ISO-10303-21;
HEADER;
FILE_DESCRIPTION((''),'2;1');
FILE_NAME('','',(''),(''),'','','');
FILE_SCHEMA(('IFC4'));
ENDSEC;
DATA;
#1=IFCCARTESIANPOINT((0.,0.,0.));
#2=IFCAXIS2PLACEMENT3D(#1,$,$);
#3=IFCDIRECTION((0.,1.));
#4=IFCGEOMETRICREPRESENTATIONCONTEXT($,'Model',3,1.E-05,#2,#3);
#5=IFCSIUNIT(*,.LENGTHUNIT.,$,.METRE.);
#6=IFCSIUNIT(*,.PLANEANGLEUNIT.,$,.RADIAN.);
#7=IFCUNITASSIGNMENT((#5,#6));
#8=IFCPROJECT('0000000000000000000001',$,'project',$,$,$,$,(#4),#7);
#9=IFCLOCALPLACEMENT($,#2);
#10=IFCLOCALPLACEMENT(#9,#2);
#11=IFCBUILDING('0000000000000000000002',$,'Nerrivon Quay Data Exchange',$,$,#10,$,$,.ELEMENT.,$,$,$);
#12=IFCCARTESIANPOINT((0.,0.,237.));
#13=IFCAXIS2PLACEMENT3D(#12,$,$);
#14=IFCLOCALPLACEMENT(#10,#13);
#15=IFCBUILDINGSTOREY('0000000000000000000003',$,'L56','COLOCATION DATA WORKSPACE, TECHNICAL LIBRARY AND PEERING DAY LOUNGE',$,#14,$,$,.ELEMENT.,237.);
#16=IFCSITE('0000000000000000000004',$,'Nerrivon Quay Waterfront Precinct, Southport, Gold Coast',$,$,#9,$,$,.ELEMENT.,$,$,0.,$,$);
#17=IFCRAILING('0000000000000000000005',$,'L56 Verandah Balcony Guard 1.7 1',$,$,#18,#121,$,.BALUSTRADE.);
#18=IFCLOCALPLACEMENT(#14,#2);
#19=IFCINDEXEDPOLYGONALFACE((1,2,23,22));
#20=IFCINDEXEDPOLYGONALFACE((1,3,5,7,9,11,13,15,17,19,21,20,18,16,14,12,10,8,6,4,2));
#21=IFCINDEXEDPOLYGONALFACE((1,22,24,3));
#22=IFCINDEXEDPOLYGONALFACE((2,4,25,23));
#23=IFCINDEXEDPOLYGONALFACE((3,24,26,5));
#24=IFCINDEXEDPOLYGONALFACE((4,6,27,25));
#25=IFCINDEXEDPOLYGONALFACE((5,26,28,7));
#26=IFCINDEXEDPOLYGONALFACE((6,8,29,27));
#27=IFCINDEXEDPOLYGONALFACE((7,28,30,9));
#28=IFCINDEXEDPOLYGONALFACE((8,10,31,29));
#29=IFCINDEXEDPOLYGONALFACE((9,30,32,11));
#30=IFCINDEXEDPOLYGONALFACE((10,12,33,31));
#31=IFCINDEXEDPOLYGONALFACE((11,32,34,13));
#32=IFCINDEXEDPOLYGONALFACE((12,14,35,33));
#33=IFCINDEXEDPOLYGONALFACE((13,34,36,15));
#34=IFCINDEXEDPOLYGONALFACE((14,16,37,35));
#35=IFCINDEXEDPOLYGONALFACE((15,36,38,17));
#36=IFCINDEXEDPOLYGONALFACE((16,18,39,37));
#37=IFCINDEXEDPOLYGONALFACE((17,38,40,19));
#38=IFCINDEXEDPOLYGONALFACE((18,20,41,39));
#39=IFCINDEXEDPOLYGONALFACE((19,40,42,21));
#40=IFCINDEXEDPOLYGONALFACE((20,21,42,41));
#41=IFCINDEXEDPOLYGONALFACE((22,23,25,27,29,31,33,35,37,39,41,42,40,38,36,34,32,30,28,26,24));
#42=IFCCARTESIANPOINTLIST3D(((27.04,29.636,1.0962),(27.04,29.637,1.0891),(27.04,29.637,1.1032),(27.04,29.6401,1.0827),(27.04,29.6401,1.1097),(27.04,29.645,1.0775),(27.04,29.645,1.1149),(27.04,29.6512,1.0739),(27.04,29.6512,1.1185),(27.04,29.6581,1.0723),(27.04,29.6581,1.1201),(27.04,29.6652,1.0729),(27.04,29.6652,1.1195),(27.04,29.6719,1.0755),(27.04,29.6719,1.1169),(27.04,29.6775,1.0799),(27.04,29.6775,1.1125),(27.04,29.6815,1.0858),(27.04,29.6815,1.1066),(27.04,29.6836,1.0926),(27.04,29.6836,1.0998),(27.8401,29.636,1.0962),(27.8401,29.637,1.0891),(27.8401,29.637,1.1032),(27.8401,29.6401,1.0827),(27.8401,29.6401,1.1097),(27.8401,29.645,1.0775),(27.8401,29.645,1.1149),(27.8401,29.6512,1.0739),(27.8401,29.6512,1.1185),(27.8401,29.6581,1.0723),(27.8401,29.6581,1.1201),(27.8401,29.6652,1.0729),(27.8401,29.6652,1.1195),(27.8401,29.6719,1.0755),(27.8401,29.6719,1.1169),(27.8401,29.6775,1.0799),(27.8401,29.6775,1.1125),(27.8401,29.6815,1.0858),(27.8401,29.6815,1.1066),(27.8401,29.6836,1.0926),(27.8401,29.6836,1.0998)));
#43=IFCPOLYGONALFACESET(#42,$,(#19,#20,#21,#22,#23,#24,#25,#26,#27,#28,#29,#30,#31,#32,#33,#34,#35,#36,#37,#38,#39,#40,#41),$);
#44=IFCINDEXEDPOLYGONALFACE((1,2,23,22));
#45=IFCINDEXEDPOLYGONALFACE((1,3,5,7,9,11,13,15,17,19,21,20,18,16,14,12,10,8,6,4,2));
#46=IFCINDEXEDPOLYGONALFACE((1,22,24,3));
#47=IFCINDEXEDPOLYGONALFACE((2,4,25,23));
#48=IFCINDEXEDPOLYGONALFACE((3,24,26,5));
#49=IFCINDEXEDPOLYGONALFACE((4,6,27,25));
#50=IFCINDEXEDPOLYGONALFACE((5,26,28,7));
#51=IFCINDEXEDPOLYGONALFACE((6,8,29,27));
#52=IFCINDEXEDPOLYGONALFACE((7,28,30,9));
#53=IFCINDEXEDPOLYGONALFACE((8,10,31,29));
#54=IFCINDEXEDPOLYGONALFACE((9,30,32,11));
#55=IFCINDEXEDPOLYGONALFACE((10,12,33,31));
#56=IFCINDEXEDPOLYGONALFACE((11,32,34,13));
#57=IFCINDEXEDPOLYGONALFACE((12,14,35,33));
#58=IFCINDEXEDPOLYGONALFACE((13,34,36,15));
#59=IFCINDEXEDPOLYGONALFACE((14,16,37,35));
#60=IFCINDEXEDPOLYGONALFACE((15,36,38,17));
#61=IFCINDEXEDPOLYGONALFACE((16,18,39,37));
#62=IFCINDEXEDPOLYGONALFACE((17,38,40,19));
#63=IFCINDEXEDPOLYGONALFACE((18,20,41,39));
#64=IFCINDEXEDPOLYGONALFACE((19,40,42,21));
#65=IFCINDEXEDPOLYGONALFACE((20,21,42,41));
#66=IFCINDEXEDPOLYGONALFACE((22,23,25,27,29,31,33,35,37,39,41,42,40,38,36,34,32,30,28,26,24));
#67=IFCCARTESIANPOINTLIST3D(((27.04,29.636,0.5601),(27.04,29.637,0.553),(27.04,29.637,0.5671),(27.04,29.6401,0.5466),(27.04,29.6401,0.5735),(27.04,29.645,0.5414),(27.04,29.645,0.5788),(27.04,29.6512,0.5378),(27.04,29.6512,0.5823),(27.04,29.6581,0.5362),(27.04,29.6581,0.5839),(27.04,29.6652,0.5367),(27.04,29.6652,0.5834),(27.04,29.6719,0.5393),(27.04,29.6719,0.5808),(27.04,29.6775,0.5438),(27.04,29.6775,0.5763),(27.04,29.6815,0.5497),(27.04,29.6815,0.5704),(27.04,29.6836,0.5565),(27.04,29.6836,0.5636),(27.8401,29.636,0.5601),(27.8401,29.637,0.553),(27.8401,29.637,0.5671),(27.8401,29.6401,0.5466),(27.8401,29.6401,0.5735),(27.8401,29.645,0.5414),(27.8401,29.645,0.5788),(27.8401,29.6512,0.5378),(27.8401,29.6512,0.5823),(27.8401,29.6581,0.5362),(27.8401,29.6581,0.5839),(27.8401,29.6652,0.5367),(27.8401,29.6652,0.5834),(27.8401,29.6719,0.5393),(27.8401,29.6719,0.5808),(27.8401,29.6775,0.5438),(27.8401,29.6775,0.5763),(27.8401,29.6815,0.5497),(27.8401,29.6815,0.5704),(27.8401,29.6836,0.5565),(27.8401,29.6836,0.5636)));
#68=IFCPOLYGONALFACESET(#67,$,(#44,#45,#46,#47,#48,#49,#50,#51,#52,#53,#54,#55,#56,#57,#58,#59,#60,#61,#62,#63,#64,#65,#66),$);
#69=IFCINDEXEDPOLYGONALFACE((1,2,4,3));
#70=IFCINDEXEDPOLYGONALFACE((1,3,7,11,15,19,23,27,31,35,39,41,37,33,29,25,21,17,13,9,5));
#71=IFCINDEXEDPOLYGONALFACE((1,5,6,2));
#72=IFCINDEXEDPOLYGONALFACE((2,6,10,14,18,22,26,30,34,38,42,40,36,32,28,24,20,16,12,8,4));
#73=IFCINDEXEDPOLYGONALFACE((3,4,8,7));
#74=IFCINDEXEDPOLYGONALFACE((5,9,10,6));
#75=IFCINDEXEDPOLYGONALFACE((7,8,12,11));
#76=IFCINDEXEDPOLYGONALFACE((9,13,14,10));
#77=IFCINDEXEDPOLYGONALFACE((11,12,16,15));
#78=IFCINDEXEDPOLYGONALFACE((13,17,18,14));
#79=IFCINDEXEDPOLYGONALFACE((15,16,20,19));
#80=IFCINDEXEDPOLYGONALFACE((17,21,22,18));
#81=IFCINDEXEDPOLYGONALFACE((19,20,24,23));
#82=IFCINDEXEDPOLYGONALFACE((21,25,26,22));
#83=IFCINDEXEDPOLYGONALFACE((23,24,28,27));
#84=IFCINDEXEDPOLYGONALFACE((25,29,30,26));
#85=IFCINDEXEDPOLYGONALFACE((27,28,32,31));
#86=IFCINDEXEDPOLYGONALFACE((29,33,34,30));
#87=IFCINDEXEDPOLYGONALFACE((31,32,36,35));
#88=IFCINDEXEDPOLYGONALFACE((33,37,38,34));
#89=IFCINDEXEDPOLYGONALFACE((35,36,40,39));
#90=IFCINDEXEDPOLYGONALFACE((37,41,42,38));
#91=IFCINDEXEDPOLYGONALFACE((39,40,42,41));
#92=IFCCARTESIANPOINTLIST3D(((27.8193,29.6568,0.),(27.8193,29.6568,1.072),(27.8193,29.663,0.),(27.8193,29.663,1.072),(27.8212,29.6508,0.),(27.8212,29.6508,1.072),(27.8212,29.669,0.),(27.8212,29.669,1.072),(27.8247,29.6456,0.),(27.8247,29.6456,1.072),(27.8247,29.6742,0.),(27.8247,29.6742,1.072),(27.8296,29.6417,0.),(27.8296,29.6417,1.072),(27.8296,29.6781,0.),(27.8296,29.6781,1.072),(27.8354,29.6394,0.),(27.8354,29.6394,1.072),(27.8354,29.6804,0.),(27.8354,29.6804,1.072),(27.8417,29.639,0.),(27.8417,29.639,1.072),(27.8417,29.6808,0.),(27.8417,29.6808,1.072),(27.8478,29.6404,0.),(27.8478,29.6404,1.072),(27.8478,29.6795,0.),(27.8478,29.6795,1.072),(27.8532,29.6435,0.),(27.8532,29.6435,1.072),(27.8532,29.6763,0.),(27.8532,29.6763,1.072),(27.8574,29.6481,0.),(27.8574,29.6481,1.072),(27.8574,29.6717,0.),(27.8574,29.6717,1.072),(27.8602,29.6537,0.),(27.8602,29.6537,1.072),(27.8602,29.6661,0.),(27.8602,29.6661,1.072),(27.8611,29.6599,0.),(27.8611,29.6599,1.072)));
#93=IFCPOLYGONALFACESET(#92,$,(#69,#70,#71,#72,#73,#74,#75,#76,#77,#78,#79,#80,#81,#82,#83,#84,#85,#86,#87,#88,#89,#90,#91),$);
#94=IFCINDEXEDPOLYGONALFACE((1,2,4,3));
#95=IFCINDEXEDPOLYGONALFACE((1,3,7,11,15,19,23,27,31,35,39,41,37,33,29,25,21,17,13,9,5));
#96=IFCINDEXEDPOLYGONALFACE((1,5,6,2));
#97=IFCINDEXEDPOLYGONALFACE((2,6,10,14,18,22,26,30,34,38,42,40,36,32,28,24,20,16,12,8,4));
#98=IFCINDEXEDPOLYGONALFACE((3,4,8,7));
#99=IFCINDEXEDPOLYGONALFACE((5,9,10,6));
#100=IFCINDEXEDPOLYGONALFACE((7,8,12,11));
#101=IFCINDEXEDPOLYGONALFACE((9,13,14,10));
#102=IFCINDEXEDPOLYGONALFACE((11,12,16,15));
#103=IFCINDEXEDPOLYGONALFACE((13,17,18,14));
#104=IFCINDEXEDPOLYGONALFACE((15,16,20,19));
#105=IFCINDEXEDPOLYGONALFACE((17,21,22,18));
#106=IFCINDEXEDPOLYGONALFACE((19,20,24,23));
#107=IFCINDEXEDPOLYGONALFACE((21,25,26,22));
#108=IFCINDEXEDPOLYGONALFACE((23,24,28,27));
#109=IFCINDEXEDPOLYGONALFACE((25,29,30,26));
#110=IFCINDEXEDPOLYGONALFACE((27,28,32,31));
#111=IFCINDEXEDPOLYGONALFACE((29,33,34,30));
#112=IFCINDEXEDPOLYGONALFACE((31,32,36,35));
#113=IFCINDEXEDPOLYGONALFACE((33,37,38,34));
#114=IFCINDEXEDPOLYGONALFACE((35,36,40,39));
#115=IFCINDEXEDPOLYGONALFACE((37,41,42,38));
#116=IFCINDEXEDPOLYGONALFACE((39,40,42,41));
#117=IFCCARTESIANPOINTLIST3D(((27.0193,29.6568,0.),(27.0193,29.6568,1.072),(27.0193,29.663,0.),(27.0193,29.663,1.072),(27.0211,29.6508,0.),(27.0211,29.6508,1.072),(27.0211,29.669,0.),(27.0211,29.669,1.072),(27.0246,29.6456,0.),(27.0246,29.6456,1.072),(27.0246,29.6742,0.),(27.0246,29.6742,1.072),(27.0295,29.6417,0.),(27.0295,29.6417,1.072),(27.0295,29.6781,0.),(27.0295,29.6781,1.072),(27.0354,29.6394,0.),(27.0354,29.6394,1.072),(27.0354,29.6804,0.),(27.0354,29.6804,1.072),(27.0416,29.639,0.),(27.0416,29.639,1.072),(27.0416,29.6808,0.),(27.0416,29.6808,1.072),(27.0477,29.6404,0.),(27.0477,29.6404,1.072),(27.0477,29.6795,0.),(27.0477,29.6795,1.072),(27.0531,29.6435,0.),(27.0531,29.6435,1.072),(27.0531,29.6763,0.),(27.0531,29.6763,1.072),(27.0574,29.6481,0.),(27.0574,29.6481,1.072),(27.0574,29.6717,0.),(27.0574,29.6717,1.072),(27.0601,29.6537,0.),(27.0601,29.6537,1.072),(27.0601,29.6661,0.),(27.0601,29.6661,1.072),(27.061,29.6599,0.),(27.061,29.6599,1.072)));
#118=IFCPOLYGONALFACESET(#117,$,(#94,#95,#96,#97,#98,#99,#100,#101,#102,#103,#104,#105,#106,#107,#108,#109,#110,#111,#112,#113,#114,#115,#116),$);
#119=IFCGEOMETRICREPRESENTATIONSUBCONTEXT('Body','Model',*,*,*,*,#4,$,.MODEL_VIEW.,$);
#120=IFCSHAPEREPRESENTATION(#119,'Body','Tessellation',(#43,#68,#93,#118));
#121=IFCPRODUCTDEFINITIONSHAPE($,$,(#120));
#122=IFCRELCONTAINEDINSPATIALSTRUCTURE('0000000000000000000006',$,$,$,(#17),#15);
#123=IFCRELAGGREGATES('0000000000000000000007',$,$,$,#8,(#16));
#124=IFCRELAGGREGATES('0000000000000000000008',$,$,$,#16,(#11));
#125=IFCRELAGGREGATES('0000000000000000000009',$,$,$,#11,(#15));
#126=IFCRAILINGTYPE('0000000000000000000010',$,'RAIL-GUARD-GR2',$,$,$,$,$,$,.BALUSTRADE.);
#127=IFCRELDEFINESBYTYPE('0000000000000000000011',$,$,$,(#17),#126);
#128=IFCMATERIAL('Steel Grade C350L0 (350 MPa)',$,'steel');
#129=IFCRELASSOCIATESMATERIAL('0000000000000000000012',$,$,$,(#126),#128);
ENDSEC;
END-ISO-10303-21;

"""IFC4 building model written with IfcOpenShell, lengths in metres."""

from ifc_helpers import new_model, si_unit, direction, frame, origin, origin_2d, place, context, subcontext, project, spatial, circle, extrude, material, type_object, element, save


model = new_model("IFC4")

# Units and contexts
model_context = context("Model", 3, precision=1e-05, world=origin(), true_north=direction((0.0, 1.0)))
body_context = subcontext(model_context, "Body", "Model", "MODEL_VIEW")
ifc_project = project(units=[si_unit("LENGTHUNIT", "METRE"), si_unit("PLANEANGLEUNIT", "RADIAN")], contexts=[model_context])

# Site, building, storey
site_placement = place(None, origin())
site = spatial("IfcSite", under=ifc_project, at=site_placement, Name="Nerrivon Quay Waterfront Precinct, Southport, Gold Coast", CompositionType="ELEMENT", RefElevation=0.0)
building_placement = place(site_placement, origin())
building = spatial("IfcBuilding", under=site, at=building_placement, Name="Nerrivon Quay Data Exchange", CompositionType="ELEMENT")
storey_placement = place(building_placement, frame((0.0, 0.0, 237.0)))
storey = spatial("IfcBuildingStorey", under=building, at=storey_placement, Name="L56", Description="COLOCATION DATA WORKSPACE, TECHNICAL LIBRARY AND PEERING DAY LOUNGE", CompositionType="ELEMENT", Elevation=237.0)

# Shared definitions
ifc_material_1 = material(Name="Steel Grade C350L0 (350 MPa)", Category="steel")

# Railing
railing_type = type_object("IfcRailingType", Name="RAIL-GUARD-GR2", PredefinedType="BALUSTRADE", material=ifc_material_1)
railing_1_placement = place(storey_placement, frame((27.8401, 29.6599, 0.0)))
element("IfcRailing", 1, at=railing_1_placement, inside=storey, type_object=railing_type, Name="L56 Verandah Balcony Guard 1.7 1", PredefinedType="BALUSTRADE", context=body_context, shape_type="SweptSolid", body=[
    extrude(circle(Radius=0.0239, at=origin_2d()), frame((0.0, 0.0, 1.0962), z_axis=(-1.0, 0.0, 0.0), x_axis=(0.0, -1.0, 0.0)), (0.0, 0.0, 1.0), 0.8),
    extrude(circle(Radius=0.0239, at=origin_2d()), frame((0.0, 0.0, 0.5601), z_axis=(-1.0, 0.0, 0.0), x_axis=(0.0, -1.0, 0.0)), (0.0, 0.0, 1.0), 0.8),
    extrude(circle(Radius=0.021, at=origin_2d()), origin(), (0.0, 0.0, 1.0), 1.072),
    extrude(circle(Radius=0.021, at=origin_2d()), frame((-0.8, 0.0, 0.0)), (0.0, 0.0, 1.0), 1.072),
])

save(model, "model.ifc")
